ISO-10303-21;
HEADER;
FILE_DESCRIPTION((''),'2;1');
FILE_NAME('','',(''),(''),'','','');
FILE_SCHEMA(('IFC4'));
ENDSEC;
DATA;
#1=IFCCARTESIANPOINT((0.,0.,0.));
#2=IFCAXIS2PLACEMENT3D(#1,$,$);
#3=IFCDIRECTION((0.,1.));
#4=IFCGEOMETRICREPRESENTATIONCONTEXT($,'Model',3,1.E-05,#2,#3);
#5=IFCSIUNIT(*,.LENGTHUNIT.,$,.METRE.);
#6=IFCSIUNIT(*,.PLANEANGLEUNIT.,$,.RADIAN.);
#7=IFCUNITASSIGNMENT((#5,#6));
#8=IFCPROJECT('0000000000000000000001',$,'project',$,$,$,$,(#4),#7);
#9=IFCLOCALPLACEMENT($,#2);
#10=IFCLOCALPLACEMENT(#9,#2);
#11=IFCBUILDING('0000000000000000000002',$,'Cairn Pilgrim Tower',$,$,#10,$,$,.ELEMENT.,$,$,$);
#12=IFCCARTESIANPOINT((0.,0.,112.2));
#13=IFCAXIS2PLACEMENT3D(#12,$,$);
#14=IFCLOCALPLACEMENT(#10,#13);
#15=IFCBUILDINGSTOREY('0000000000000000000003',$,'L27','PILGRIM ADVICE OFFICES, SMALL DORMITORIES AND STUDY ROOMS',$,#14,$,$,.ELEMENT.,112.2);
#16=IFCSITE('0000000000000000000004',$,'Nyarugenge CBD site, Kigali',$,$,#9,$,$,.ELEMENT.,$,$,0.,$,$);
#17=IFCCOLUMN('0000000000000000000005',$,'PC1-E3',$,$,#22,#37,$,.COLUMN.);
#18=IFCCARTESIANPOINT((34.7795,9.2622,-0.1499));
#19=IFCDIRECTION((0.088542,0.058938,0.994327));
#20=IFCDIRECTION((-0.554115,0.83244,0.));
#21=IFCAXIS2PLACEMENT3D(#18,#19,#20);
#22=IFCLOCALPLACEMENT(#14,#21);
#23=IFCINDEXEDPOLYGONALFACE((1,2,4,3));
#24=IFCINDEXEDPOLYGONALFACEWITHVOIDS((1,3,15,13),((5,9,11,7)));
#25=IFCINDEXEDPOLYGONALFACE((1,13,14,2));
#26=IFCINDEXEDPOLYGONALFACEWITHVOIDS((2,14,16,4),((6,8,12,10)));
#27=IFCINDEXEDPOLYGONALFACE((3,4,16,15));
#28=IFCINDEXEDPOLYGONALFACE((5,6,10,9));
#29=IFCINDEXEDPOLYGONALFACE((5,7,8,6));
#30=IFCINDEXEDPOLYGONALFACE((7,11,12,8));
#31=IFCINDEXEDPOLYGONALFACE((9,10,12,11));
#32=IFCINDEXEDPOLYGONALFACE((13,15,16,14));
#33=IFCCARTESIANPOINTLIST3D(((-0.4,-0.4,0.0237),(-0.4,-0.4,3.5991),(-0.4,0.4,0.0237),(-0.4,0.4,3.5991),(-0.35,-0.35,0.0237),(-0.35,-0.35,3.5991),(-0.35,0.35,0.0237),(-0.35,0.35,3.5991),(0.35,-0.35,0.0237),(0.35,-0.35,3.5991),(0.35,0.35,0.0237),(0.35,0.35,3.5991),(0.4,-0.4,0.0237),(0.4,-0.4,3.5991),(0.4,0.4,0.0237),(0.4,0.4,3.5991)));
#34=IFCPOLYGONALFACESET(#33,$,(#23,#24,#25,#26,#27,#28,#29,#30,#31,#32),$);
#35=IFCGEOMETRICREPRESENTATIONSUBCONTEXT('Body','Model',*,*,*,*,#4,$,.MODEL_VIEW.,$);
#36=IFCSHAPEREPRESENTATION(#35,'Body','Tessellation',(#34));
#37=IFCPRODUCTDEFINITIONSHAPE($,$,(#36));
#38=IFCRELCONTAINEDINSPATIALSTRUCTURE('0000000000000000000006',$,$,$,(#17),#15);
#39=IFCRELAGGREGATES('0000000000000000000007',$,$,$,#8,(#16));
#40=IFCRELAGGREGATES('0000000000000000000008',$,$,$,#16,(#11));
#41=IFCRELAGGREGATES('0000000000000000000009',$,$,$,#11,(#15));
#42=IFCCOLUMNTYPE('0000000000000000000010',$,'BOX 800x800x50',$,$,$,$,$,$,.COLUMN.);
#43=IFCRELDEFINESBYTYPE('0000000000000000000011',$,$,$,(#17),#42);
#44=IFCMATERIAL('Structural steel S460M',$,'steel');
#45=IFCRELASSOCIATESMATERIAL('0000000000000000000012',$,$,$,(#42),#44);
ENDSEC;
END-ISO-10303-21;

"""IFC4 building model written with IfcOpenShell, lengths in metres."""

from ifc_helpers import new_model, si_unit, direction, frame, origin, origin_2d, place, context, subcontext, project, spatial, hollow_rectangle, extrude, clip, halfspace, material, material_profile, profile_set, type_object, element, save


model = new_model("IFC4")

# Units and contexts
model_context = context("Model", 3, precision=1e-05, world=origin(), true_north=direction((0.0, 1.0)))
body_context = subcontext(model_context, "Body", "Model", "MODEL_VIEW")
ifc_project = project(units=[si_unit("LENGTHUNIT", "METRE"), si_unit("PLANEANGLEUNIT", "RADIAN")], contexts=[model_context])

# Site, building, storey
site_placement = place(None, origin())
site = spatial("IfcSite", under=ifc_project, at=site_placement, Name="Nyarugenge CBD site, Kigali", CompositionType="ELEMENT", RefElevation=0.0)
building_placement = place(site_placement, origin())
building = spatial("IfcBuilding", under=site, at=building_placement, Name="Cairn Pilgrim Tower", CompositionType="ELEMENT")
storey_placement = place(building_placement, frame((0.0, 0.0, 112.2)))
storey = spatial("IfcBuildingStorey", under=building, at=storey_placement, Name="L27", Description="PILGRIM ADVICE OFFICES, SMALL DORMITORIES AND STUDY ROOMS", CompositionType="ELEMENT", Elevation=112.2)

# Column
ifc_material_1 = material(Name="Structural steel S460M", Category="steel")
ifc_material_profile_1 = material_profile(ifc_material_1, hollow_rectangle(XDim=0.8, YDim=0.8, WallThickness=0.05, at=origin_2d()), Name="BOX 800x800x50")
ifc_profile_set_1 = profile_set([ifc_material_profile_1], Name="Structural steel S460M")
column_type_1 = type_object("IfcColumnType", Name="BOX 800x800x50", PredefinedType="COLUMN", material=ifc_profile_set_1)
column_placement = place(storey_placement, frame((34.7795, 9.2622, -0.1499), z_axis=(0.088542, 0.058938, 0.994327), x_axis=(-0.554115, 0.83244, 0.0)))
element("IfcColumn", 1, at=column_placement, inside=storey, type_object=column_type_1, Name="PC1-E3", PredefinedType="COLUMN", context=body_context, shape_type="Clipping", body=[
    clip(clip(extrude(hollow_rectangle(XDim=0.8, YDim=0.8, WallThickness=0.05, at=origin_2d()), origin(), (0.0, 0.0, 1.0), 3.6204), halfspace(frame((0.0, 0.0, 0.0237), z_axis=(0.0, 0.0, 1.0), x_axis=(1.0, 0.0, 0.0)), True)), halfspace(frame((0.0, 0.0, 3.5991), z_axis=(0.0, 0.0, 1.0), x_axis=(1.0, 0.0, 0.0)), False)),
])

save(model, "model.ifc")
